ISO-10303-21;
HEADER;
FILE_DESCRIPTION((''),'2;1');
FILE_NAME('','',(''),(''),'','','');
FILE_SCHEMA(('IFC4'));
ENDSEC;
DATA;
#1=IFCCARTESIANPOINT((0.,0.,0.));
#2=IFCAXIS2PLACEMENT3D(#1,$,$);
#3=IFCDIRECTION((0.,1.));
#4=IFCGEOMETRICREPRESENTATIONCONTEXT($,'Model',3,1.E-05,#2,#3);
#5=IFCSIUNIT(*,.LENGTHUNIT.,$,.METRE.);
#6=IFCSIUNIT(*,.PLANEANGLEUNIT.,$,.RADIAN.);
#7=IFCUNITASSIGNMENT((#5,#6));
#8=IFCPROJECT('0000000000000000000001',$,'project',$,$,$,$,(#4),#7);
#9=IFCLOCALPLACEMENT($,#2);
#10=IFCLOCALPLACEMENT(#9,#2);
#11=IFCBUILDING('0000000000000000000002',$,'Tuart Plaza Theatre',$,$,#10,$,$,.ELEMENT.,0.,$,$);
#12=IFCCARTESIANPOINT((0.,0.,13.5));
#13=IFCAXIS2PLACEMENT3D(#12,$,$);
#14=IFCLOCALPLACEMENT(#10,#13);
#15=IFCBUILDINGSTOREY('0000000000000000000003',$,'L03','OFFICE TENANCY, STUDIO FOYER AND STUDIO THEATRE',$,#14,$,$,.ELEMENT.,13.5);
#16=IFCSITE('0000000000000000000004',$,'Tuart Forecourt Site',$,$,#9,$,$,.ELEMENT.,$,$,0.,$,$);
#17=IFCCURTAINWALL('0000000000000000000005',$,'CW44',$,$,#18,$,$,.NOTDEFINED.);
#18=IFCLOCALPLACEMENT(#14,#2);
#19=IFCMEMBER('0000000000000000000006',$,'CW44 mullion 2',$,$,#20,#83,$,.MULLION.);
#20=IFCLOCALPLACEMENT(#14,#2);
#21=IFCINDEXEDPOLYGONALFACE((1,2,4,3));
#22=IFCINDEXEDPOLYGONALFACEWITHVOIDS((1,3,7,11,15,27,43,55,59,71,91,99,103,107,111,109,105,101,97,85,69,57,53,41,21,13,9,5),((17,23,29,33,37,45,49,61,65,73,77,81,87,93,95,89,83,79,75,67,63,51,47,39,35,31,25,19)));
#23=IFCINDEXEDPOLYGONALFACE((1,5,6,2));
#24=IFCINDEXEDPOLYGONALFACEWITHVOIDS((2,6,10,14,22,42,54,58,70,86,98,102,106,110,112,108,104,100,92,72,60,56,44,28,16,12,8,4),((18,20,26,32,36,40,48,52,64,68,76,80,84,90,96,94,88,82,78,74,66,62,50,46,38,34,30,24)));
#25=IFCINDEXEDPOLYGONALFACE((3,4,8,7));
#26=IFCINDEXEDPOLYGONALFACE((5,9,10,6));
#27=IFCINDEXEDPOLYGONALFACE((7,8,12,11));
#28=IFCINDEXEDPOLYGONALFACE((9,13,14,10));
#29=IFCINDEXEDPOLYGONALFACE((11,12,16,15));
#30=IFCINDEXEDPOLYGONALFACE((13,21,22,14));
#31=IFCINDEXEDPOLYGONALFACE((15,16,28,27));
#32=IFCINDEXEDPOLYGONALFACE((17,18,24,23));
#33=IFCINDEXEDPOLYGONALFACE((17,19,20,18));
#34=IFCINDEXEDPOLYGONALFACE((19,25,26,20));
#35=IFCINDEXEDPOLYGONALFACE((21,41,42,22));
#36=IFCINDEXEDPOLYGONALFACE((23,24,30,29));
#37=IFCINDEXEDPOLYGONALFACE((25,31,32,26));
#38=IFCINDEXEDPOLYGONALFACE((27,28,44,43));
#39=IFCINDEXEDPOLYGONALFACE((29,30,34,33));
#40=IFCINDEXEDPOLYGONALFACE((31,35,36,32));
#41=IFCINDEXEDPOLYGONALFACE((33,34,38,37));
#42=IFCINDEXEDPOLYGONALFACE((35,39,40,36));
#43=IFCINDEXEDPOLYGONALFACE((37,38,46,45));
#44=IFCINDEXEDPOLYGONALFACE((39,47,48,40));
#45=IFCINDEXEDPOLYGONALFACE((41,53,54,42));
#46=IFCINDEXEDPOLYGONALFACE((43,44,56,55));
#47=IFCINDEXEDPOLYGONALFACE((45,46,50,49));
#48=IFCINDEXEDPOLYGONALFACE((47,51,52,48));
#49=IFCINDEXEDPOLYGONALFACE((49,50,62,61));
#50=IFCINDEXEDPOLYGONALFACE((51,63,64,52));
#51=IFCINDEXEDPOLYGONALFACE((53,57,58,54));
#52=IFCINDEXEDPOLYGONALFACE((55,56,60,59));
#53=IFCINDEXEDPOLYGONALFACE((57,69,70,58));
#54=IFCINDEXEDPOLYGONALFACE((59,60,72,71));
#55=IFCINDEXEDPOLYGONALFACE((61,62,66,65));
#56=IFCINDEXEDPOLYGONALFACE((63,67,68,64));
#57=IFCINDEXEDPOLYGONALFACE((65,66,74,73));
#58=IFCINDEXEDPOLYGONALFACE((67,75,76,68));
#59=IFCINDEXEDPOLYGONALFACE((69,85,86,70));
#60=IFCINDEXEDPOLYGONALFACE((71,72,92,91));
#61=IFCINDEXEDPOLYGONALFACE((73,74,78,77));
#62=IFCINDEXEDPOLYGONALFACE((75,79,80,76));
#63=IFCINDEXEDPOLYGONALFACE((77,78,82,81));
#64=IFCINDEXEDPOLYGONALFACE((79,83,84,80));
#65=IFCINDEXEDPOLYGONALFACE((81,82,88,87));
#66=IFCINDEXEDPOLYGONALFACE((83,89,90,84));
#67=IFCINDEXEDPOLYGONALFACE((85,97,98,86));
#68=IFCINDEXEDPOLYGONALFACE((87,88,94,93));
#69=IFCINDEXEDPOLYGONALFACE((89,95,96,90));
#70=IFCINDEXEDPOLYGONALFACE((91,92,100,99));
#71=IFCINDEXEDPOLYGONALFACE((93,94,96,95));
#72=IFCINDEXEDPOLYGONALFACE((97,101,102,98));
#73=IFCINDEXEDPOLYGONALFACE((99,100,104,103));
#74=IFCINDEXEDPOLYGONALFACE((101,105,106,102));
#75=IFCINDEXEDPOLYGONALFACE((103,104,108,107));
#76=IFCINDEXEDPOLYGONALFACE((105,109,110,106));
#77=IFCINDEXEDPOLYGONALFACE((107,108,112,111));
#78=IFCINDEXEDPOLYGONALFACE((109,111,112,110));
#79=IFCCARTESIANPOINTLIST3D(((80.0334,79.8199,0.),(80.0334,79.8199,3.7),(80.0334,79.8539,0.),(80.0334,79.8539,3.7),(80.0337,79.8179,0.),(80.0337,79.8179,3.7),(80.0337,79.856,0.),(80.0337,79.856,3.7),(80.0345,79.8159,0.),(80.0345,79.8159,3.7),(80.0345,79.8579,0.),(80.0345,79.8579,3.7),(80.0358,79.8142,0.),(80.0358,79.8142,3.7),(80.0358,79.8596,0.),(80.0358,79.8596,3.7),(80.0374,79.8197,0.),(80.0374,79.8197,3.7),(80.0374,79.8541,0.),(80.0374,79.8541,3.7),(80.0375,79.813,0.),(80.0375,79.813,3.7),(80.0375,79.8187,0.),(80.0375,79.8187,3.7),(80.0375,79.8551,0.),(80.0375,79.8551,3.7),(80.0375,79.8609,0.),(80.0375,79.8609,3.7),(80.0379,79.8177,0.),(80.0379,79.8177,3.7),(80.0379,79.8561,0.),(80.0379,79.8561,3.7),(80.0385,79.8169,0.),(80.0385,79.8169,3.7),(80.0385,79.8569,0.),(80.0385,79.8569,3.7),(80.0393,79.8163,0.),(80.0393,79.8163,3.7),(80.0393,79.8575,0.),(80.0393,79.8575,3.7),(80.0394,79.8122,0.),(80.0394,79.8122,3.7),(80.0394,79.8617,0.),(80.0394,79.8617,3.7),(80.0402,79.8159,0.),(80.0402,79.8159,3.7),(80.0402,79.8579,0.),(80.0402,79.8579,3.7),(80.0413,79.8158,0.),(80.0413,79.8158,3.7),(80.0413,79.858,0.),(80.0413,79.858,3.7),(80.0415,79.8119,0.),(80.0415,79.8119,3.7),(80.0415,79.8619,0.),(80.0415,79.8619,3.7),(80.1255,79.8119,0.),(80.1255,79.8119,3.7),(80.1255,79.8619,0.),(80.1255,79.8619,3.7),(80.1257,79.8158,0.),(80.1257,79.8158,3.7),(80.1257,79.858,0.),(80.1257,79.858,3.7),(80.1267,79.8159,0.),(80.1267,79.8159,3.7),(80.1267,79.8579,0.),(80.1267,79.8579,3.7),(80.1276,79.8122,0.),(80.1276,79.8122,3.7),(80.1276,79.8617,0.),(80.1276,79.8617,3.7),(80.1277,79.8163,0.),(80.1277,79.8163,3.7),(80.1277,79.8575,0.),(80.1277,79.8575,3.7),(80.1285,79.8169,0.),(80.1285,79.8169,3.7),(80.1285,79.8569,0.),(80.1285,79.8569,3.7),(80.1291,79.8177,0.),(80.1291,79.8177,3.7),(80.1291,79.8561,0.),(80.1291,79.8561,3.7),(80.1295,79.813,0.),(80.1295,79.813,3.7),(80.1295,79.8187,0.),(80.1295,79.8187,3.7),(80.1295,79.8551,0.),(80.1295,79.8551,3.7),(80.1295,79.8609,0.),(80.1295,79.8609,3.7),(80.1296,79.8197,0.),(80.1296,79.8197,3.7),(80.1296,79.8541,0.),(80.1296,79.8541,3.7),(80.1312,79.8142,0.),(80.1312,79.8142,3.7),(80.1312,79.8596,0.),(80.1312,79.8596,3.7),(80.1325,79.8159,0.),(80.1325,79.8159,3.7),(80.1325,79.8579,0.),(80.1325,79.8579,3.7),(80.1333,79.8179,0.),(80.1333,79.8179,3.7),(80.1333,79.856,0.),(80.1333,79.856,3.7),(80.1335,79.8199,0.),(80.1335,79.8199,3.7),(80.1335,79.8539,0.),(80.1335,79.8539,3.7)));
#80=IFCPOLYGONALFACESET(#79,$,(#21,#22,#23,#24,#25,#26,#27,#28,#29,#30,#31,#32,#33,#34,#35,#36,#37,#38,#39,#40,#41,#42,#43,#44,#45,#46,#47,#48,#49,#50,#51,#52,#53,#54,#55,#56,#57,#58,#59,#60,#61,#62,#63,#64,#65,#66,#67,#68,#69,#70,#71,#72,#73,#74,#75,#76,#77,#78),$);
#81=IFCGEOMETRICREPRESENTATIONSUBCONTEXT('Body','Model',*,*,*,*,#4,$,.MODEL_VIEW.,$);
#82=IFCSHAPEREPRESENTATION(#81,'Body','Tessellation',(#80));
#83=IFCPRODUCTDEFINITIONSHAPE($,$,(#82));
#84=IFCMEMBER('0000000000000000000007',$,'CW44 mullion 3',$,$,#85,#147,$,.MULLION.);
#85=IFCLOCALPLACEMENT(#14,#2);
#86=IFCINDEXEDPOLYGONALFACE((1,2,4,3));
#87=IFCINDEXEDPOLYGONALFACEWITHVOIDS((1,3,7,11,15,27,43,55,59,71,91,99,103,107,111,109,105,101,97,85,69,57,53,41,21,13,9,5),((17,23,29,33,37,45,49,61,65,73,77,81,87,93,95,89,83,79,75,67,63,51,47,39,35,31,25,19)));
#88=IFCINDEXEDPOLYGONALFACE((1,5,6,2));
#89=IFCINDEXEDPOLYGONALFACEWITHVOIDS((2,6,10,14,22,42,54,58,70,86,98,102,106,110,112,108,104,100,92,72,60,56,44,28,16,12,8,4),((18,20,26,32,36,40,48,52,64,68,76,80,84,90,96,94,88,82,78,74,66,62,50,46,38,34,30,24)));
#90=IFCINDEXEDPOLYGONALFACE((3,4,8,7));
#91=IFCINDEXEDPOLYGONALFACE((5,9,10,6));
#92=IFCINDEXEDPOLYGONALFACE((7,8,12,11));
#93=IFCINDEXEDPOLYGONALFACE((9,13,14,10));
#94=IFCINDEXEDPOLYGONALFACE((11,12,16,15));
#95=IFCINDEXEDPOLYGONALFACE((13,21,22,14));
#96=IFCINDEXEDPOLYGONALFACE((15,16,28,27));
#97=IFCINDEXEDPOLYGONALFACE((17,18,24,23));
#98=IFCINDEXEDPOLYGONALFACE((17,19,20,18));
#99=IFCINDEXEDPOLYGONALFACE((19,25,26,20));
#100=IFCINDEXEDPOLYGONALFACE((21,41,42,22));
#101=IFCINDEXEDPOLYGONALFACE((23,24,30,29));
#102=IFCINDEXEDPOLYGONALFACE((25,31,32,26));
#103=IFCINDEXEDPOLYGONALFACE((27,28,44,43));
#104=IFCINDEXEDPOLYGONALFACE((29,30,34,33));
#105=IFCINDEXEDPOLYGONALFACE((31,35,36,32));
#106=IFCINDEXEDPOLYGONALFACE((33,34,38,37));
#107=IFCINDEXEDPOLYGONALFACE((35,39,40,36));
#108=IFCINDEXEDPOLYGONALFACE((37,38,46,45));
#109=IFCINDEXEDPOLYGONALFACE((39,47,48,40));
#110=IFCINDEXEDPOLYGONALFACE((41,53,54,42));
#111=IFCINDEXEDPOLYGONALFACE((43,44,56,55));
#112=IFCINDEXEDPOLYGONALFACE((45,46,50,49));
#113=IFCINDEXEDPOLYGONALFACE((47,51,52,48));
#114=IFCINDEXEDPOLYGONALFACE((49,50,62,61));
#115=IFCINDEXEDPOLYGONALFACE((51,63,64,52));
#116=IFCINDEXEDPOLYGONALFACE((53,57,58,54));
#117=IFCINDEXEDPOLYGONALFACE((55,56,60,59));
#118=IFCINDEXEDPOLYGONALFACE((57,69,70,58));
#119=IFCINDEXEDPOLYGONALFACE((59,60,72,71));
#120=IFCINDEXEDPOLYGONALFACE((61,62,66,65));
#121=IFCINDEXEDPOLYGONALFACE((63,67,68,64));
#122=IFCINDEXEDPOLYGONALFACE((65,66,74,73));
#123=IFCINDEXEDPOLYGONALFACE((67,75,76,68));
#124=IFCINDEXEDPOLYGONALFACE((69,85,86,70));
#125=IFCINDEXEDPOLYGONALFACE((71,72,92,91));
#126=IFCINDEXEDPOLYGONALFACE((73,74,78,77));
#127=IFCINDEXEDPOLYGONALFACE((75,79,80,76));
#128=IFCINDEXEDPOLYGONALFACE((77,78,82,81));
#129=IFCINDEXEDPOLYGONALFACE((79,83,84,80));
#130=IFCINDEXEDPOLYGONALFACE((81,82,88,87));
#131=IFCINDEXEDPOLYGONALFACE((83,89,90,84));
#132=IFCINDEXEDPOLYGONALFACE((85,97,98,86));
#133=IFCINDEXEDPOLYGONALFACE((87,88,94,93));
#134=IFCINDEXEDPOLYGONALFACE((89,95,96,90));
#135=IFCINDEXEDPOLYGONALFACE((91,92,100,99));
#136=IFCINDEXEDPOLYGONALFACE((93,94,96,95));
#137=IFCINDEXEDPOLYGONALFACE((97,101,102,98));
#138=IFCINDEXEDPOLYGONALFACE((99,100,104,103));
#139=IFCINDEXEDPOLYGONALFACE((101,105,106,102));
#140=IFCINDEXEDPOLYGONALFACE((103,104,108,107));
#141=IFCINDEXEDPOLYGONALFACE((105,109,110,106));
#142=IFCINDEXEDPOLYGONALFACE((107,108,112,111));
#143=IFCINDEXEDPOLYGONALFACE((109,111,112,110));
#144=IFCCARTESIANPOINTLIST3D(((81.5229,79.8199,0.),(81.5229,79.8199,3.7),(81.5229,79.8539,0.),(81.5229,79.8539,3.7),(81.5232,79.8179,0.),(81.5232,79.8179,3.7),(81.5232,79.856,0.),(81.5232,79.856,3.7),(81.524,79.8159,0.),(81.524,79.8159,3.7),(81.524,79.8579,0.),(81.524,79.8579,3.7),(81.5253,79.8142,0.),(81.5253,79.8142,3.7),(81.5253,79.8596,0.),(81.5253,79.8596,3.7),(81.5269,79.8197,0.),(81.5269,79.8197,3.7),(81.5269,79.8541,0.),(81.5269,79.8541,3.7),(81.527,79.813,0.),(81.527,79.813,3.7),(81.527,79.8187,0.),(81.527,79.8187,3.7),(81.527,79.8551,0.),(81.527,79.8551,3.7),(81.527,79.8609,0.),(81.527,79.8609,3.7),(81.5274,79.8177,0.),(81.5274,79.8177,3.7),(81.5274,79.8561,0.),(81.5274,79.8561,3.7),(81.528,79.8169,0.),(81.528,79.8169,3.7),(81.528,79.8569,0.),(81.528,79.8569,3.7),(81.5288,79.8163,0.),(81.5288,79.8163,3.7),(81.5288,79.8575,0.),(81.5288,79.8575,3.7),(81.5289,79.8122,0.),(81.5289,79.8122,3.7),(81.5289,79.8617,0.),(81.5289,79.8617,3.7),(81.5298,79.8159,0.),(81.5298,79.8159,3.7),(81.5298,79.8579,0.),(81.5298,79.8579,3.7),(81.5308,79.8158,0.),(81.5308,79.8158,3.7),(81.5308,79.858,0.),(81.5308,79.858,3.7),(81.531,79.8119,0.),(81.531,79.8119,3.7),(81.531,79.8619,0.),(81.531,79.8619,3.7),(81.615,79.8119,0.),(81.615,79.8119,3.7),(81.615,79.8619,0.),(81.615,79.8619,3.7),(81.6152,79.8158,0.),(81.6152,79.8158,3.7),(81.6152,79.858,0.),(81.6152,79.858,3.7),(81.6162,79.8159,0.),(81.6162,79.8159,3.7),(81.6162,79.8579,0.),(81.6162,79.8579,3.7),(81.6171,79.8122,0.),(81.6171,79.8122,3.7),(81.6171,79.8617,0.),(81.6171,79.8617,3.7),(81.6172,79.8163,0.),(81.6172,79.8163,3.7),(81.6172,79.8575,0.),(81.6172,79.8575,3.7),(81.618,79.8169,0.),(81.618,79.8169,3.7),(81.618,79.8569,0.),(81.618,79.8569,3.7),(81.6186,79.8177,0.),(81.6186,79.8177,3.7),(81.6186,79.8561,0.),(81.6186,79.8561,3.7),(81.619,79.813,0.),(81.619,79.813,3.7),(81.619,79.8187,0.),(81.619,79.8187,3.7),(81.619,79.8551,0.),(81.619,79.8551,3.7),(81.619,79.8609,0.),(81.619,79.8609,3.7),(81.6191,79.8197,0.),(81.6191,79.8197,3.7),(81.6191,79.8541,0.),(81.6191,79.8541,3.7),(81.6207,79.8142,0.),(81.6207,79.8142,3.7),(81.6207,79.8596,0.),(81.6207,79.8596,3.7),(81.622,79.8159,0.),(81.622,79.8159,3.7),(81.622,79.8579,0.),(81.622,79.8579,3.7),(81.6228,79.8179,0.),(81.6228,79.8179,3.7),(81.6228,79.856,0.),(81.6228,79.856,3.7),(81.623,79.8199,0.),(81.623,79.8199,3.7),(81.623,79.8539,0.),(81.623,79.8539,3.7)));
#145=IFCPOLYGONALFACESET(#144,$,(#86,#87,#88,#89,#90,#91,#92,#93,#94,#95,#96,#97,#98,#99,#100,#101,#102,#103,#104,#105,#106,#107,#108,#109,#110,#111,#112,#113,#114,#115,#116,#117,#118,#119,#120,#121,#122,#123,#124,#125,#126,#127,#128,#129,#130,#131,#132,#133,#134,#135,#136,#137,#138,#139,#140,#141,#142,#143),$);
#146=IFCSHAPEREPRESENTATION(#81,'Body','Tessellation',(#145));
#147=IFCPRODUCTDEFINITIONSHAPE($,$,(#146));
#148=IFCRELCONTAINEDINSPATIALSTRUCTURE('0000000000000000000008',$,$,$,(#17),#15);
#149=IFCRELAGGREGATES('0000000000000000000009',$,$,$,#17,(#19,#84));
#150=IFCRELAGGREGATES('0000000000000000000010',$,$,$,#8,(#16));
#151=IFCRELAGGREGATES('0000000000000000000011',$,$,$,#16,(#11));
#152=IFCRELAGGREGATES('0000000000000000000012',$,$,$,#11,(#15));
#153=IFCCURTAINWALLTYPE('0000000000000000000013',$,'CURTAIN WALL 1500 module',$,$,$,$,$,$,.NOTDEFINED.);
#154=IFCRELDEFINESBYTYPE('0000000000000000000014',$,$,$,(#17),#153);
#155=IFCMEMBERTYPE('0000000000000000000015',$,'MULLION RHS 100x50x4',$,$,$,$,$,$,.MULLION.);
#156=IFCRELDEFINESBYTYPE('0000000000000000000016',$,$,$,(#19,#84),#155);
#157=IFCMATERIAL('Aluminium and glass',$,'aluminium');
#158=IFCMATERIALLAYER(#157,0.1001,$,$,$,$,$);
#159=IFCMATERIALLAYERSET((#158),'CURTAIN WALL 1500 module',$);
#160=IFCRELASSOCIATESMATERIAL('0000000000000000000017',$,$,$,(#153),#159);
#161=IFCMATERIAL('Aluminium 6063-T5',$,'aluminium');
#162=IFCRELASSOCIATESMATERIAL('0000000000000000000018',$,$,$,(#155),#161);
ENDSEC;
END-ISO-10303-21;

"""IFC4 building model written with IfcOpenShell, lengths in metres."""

from ifc_helpers import new_model, si_unit, direction, frame, origin, origin_2d, place, context, subcontext, project, spatial, hollow_rectangle, extrude, material, layer, layer_set, material_profile, profile_set, type_object, element, aggregate, save


model = new_model("IFC4")

# Units and contexts
model_context = context("Model", 3, precision=1e-05, world=origin(), true_north=direction((0.0, 1.0)))
body_context = subcontext(model_context, "Body", "Model", "MODEL_VIEW")
ifc_project = project(units=[si_unit("LENGTHUNIT", "METRE"), si_unit("PLANEANGLEUNIT", "RADIAN")], contexts=[model_context])

# Site, building, storey
site_placement = place(None, origin())
site = spatial("IfcSite", under=ifc_project, at=site_placement, Name="Tuart Forecourt Site", CompositionType="ELEMENT", RefElevation=0.0)
building_placement = place(site_placement, origin())
building = spatial("IfcBuilding", under=site, at=building_placement, Name="Tuart Plaza Theatre", CompositionType="ELEMENT", ElevationOfRefHeight=0.0)
storey_placement = place(building_placement, frame((0.0, 0.0, 13.5)))
storey = spatial("IfcBuildingStorey", under=building, at=storey_placement, Name="L03", Description="OFFICE TENANCY, STUDIO FOYER AND STUDIO THEATRE", CompositionType="ELEMENT", Elevation=13.5)

# Curtain wall, members
ifc_material_1 = material(Name="Aluminium and glass", Category="aluminium")
ifc_layer_1 = layer(ifc_material_1, 0.1001)
ifc_layer_set_1 = layer_set([ifc_layer_1], Name="CURTAIN WALL 1500 module")
curtain_wall_type = type_object("IfcCurtainWallType", Name="CURTAIN WALL 1500 module", PredefinedType="NOTDEFINED", material=ifc_layer_set_1)
curtain_wall_placement = place(storey_placement, origin())
curtain_wall = element("IfcCurtainWall", 1, at=curtain_wall_placement, inside=storey, type_object=curtain_wall_type, Name="CW44", PredefinedType="NOTDEFINED")
ifc_material_2 = material(Name="Aluminium 6063-T5", Category="aluminium")
ifc_material_profile_1 = material_profile(ifc_material_2, hollow_rectangle(XDim=0.05, YDim=0.1001, WallThickness=0.0039, InnerFilletRadius=0.0039, OuterFilletRadius=0.0081, at=origin_2d()), Name="RHS 100x50x4")
ifc_profile_set_1 = profile_set([ifc_material_profile_1], Name="Aluminium 6063-T5")
member_type_1 = type_object("IfcMemberType", Name="MULLION RHS 100x50x4", PredefinedType="MULLION", material=ifc_profile_set_1)
member_1_placement = place(storey_placement, frame((80.0835, 79.8369, 0.0), z_axis=(0.0, 0.0, 1.0), x_axis=(0.0, 1.0, 0.0)))
member_1 = element("IfcMember", 2, at=member_1_placement, type_object=member_type_1, Name="CW44 mullion 2", PredefinedType="MULLION", context=body_context, shape_type="SweptSolid", body=[
    extrude(hollow_rectangle(XDim=0.05, YDim=0.1001, WallThickness=0.0039, InnerFilletRadius=0.0039, OuterFilletRadius=0.0081, at=origin_2d()), origin(), (0.0, 0.0, 1.0), 3.7),
])
member_2_placement = place(storey_placement, frame((81.573, 79.8369, 0.0), z_axis=(0.0, 0.0, 1.0), x_axis=(0.0, 1.0, 0.0)))
member_2 = element("IfcMember", 3, at=member_2_placement, type_object=member_type_1, Name="CW44 mullion 3", PredefinedType="MULLION", context=body_context, shape_type="SweptSolid", body=[
    extrude(hollow_rectangle(XDim=0.05, YDim=0.1001, WallThickness=0.0039, InnerFilletRadius=0.0039, OuterFilletRadius=0.0081, at=origin_2d()), origin(), (0.0, 0.0, 1.0), 3.7),
])
aggregate(curtain_wall, [member_1, member_2])

save(model, "model.ifc")
